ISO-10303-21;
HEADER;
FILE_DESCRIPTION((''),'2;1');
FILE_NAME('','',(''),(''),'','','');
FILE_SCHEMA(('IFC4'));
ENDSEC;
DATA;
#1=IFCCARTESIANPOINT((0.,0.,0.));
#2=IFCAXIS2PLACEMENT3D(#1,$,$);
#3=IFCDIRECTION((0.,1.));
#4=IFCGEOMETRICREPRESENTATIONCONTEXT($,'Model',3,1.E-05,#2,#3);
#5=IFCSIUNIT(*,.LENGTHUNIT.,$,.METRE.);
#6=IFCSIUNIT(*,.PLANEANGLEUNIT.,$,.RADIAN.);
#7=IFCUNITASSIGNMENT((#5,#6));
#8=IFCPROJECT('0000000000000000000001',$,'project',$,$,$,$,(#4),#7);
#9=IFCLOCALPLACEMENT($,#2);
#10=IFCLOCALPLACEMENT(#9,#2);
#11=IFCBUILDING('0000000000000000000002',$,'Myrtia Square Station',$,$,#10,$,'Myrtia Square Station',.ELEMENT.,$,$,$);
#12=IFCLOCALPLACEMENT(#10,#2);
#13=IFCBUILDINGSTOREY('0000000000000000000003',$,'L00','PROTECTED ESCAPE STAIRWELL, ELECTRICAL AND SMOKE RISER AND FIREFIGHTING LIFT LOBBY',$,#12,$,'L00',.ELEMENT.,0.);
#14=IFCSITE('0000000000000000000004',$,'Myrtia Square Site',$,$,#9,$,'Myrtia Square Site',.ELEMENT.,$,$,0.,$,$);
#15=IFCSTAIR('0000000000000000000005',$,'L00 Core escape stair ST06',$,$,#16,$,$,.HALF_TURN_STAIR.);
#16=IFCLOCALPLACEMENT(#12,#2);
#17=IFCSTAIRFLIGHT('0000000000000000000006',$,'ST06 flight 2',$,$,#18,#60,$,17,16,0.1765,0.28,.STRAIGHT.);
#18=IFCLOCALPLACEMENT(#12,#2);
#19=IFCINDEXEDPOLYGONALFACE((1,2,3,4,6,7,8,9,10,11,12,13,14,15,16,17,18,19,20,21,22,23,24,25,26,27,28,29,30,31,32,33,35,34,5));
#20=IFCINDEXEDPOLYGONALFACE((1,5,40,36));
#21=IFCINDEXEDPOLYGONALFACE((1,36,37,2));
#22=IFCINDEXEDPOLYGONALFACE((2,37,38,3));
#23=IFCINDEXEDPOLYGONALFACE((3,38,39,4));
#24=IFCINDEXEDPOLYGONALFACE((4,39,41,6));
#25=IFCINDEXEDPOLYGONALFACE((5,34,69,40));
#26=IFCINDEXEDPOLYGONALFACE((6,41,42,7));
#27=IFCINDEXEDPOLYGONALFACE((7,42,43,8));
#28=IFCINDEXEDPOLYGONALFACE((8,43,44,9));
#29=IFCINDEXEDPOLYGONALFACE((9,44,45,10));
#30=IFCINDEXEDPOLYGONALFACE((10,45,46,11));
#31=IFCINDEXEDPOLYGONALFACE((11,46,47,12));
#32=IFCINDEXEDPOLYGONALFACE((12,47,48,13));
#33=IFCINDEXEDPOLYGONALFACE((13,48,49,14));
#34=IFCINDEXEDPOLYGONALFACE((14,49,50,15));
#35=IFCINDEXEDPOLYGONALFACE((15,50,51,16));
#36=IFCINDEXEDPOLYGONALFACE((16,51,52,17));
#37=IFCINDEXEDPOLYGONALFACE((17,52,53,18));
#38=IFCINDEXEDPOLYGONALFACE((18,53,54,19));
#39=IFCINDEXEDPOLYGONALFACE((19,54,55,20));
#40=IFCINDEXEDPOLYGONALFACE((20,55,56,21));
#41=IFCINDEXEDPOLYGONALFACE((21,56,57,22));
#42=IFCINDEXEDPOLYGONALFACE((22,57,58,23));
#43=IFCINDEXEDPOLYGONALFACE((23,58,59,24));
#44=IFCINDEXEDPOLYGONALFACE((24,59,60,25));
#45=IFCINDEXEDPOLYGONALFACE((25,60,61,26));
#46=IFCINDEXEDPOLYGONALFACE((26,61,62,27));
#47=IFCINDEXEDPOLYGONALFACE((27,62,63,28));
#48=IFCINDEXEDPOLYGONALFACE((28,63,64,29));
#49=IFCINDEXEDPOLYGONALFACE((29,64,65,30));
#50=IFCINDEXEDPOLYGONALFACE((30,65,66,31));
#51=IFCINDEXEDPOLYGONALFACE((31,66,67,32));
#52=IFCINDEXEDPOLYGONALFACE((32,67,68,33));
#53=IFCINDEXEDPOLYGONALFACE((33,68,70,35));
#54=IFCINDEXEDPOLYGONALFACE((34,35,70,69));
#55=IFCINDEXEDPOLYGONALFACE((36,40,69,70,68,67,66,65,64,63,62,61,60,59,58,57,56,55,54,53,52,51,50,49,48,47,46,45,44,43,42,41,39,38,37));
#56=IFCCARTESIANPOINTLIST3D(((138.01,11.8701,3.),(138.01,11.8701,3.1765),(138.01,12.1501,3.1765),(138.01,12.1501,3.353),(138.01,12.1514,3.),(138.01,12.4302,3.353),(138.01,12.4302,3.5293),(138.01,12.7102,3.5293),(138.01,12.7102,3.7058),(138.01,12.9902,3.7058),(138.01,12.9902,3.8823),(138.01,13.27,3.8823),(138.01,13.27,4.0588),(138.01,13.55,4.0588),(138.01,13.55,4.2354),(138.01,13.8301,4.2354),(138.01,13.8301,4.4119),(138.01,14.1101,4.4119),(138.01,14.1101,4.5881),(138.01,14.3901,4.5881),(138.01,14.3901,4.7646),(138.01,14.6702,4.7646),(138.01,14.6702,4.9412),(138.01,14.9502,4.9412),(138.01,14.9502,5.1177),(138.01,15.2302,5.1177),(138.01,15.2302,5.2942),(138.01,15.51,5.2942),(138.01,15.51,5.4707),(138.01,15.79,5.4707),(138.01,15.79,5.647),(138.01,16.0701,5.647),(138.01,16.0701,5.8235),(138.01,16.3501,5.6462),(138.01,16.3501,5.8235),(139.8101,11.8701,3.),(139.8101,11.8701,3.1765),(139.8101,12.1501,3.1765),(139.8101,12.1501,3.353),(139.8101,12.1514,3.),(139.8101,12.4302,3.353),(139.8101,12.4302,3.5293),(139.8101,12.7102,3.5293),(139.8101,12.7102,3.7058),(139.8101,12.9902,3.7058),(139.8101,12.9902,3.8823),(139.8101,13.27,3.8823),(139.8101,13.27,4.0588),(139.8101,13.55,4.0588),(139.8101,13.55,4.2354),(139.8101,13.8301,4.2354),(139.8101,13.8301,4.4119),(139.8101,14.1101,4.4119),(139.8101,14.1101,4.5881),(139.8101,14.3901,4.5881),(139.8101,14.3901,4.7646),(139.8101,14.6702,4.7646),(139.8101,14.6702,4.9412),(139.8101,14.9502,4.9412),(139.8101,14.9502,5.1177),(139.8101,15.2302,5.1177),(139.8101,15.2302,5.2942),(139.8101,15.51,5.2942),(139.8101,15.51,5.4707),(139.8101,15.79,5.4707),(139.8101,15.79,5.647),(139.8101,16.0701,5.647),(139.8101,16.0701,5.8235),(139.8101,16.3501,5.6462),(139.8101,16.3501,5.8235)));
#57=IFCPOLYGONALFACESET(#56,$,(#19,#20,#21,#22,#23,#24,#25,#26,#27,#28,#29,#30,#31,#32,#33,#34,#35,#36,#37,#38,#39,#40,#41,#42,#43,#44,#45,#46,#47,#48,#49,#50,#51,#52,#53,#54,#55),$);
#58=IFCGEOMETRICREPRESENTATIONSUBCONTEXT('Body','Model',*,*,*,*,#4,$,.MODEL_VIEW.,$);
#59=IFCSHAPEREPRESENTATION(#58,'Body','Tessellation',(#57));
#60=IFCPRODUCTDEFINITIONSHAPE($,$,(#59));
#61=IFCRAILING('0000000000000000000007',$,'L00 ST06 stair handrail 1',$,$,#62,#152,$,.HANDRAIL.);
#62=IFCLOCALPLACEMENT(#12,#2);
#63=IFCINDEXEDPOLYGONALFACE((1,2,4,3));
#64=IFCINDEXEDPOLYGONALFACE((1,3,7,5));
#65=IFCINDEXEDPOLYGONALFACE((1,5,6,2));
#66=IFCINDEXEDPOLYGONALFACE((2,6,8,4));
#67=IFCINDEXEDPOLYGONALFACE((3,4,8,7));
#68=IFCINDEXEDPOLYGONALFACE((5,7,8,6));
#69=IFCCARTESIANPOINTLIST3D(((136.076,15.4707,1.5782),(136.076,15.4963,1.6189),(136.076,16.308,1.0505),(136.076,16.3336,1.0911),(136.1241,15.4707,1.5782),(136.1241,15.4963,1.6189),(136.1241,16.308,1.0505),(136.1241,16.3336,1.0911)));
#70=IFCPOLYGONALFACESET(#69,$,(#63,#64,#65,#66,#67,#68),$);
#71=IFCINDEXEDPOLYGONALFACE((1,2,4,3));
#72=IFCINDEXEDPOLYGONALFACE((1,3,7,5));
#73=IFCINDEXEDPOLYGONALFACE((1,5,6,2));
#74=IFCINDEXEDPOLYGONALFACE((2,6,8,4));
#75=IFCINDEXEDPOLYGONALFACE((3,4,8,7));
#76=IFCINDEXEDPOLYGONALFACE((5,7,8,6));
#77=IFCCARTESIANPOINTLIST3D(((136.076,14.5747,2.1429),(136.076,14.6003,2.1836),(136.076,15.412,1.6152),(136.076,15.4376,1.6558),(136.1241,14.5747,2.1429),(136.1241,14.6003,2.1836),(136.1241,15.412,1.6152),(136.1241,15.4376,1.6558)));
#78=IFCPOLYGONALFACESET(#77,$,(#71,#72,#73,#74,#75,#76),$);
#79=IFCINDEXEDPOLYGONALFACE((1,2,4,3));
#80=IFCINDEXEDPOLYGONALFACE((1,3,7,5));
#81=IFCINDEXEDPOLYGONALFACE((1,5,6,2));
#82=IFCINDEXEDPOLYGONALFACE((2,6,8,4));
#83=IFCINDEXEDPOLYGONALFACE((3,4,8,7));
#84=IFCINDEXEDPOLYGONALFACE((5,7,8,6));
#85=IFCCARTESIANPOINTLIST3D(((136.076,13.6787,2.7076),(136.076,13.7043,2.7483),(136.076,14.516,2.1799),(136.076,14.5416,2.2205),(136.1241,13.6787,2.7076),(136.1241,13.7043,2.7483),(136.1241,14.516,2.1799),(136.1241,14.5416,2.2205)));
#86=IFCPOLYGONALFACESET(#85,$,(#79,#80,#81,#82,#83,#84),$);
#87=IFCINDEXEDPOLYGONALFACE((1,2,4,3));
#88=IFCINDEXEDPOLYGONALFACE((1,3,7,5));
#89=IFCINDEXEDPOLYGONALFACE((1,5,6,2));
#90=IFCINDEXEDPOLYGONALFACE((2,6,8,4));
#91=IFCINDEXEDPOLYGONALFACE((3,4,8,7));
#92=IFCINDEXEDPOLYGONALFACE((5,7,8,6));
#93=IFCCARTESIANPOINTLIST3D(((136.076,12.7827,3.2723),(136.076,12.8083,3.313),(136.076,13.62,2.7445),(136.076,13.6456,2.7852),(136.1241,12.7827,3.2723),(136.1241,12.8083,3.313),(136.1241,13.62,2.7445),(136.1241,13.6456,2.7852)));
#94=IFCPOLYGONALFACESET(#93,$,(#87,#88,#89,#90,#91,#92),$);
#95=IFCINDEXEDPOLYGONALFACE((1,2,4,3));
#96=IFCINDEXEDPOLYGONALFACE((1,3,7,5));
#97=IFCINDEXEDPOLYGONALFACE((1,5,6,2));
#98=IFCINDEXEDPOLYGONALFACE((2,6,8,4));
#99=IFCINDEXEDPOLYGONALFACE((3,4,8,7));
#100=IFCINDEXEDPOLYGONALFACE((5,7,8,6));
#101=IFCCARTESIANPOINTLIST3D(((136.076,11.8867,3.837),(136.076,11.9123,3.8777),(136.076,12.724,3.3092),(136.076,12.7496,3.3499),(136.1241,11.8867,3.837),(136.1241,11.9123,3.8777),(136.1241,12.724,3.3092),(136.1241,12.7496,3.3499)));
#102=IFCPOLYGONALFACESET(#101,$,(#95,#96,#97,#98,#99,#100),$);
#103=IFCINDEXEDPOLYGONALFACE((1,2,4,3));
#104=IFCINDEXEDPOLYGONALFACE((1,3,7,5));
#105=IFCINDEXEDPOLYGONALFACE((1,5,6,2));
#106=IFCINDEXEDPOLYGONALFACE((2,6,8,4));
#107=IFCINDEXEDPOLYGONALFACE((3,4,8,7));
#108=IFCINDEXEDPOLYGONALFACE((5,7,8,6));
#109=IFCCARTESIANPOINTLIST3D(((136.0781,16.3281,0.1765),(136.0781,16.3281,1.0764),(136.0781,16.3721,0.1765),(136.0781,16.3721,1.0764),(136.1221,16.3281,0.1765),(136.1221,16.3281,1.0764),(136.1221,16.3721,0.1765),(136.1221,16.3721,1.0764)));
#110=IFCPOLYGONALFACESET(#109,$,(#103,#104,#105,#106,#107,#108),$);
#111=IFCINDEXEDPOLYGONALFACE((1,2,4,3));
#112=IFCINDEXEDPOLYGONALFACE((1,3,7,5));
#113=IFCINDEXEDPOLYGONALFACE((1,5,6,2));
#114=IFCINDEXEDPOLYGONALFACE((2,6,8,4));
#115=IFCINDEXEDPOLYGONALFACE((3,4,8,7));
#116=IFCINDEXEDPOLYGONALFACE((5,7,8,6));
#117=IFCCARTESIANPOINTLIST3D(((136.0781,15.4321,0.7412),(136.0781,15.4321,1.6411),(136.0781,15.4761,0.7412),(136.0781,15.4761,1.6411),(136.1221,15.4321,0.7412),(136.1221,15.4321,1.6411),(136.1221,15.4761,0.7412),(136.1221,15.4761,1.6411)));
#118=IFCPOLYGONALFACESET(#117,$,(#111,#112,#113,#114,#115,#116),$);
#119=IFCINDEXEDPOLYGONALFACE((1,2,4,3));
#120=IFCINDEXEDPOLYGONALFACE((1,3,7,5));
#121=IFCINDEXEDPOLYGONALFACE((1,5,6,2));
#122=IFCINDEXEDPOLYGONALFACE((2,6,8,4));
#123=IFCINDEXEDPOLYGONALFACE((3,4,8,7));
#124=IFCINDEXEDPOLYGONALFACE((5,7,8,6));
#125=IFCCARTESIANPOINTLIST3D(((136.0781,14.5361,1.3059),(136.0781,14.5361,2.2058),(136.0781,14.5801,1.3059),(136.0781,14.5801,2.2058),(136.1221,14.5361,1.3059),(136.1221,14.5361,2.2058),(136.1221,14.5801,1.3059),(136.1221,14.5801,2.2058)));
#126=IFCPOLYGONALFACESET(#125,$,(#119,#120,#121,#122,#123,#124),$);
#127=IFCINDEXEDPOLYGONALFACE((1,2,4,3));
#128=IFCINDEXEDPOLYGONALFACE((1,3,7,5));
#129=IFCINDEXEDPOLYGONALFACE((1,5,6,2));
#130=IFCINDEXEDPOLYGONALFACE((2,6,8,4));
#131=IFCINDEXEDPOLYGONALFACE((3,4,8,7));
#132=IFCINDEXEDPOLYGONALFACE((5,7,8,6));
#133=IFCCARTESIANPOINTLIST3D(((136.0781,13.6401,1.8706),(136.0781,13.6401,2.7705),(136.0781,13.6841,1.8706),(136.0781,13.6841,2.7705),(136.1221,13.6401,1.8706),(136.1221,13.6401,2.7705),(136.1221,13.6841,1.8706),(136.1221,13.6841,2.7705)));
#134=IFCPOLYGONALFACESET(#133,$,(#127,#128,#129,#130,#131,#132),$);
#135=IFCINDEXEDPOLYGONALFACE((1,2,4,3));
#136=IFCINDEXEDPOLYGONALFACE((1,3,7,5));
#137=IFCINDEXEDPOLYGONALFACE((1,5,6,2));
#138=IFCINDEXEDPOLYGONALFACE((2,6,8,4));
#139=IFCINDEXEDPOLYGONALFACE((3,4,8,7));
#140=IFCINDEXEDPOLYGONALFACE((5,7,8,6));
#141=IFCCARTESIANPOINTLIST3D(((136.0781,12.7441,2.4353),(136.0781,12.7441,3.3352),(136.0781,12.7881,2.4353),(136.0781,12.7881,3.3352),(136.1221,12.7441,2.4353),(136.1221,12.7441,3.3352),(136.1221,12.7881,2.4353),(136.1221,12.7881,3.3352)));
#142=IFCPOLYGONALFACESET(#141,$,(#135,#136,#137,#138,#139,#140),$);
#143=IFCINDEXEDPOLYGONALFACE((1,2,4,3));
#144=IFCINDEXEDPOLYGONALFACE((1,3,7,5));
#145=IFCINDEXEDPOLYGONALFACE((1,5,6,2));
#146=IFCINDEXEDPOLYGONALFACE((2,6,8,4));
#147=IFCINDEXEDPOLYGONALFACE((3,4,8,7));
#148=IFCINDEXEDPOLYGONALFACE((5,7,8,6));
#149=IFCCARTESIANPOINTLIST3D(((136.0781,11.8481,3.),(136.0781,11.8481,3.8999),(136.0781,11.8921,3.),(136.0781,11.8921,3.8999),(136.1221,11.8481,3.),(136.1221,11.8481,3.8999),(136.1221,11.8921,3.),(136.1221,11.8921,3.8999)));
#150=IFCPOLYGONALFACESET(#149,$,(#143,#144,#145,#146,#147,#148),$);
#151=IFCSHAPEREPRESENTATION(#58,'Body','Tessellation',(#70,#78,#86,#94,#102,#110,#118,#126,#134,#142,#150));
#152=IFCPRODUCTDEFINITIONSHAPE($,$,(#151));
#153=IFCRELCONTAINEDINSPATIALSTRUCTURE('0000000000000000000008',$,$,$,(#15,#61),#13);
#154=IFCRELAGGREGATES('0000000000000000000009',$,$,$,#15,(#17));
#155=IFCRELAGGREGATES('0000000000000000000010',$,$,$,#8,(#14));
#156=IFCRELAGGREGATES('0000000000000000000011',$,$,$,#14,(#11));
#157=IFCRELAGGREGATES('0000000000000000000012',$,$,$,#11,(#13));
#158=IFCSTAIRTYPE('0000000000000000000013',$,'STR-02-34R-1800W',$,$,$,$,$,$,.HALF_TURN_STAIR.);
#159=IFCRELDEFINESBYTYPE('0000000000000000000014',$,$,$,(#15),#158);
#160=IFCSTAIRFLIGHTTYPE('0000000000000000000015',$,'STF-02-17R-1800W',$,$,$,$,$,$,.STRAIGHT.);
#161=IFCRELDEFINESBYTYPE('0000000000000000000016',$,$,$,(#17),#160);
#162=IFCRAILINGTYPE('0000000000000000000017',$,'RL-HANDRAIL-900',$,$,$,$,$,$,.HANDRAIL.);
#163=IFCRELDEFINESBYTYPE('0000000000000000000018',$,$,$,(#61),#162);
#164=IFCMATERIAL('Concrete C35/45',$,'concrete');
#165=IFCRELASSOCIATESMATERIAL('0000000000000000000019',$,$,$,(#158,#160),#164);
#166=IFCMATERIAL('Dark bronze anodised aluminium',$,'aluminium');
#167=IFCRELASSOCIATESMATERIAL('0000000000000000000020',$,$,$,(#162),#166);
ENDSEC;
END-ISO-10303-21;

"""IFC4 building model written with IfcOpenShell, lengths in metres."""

from ifc_helpers import new_model, si_unit, direction, frame, origin, origin_2d, place, context, subcontext, project, spatial, polyline, rectangle, outline, extrude, material, type_object, element, aggregate, save


model = new_model("IFC4")

# Units and contexts
model_context = context("Model", 3, precision=1e-05, world=origin(), true_north=direction((0.0, 1.0)))
body_context = subcontext(model_context, "Body", "Model", "MODEL_VIEW")
ifc_project = project(units=[si_unit("LENGTHUNIT", "METRE"), si_unit("PLANEANGLEUNIT", "RADIAN")], contexts=[model_context])

# Site, building, storey
site_placement = place(None, origin())
site = spatial("IfcSite", under=ifc_project, at=site_placement, Name="Myrtia Square Site", LongName="Myrtia Square Site", CompositionType="ELEMENT", RefElevation=0.0)
building_placement = place(site_placement, origin())
building = spatial("IfcBuilding", under=site, at=building_placement, Name="Myrtia Square Station", LongName="Myrtia Square Station", CompositionType="ELEMENT")
storey_placement = place(building_placement, origin())
storey = spatial("IfcBuildingStorey", under=building, at=storey_placement, Name="L00", Description="PROTECTED ESCAPE STAIRWELL, ELECTRICAL AND SMOKE RISER AND FIREFIGHTING LIFT LOBBY", LongName="L00", CompositionType="ELEMENT", Elevation=0.0)

# Shared definitions
ifc_material_1 = material(Name="Concrete C35/45", Category="concrete")

# Shared definitions
ifc_material_2 = material(Name="Dark bronze anodised aluminium", Category="aluminium")

# Stair, stair flight
stair_type = type_object("IfcStairType", Name="STR-02-34R-1800W", PredefinedType="HALF_TURN_STAIR", material=ifc_material_1)
stair_placement = place(storey_placement, origin())
stair = element("IfcStair", 1, at=stair_placement, inside=storey, type_object=stair_type, Name="L00 Core escape stair ST06", PredefinedType="HALF_TURN_STAIR")
stair_flight_type = type_object("IfcStairFlightType", Name="STF-02-17R-1800W", PredefinedType="STRAIGHT", material=ifc_material_1)
stair_flight_1_placement = place(storey_placement, frame((138.9099, 11.8701, 3.0), z_axis=(0.0, 0.0, 1.0), x_axis=(0.0, 1.0, 0.0)))
stair_flight_1 = element("IfcStairFlight", 2, at=stair_flight_1_placement, type_object=stair_flight_type, Name="ST06 flight 2", NumberOfRisers=17, NumberOfTreads=16, PredefinedType="STRAIGHT", RiserHeight=0.1765, TreadLength=0.28, context=body_context, shape_type="SweptSolid", body=[
    extrude(outline(polyline([(0.0, 0.0), (0.0, 0.1765), (0.28, 0.1765), (0.28, 0.353), (0.5601, 0.353), (0.5601, 0.5293), (0.8401, 0.5293), (0.8401, 0.7058), (1.1201, 0.7058), (1.1201, 0.8823), (1.3999, 0.8823), (1.3999, 1.0588), (1.6799, 1.0588), (1.6799, 1.2354), (1.96, 1.2354), (1.96, 1.4119), (2.24, 1.4119), (2.24, 1.5881), (2.52, 1.5881), (2.52, 1.7646), (2.8, 1.7646), (2.8, 1.9412), (3.0801, 1.9412), (3.0801, 2.1177), (3.3601, 2.1177), (3.3601, 2.2942), (3.6399, 2.2942), (3.6399, 2.4707), (3.9199, 2.4707), (3.9199, 2.647), (4.2, 2.647), (4.2, 2.8235), (4.48, 2.8235), (4.48, 3.0), (4.48, 2.6462), (0.2812, 0.0), (0.0, 0.0)])), frame((0.0, 0.8999, 0.0), z_axis=(0.0, -1.0, 0.0), x_axis=(1.0, 0.0, 0.0)), (0.0, 0.0, 1.0), 1.8),
])
aggregate(stair, [stair_flight_1])

# Railing
railing_type_1 = type_object("IfcRailingType", Name="RL-HANDRAIL-900", PredefinedType="HANDRAIL", material=ifc_material_2)
railing_1_placement = place(storey_placement, frame((136.1001, 16.3501, 0.1765)))
element("IfcRailing", 3, at=railing_1_placement, inside=storey, type_object=railing_type_1, Name="L00 ST06 stair handrail 1", PredefinedType="HANDRAIL", context=body_context, shape_type="SweptSolid", body=[
    extrude(rectangle(XDim=0.0481, YDim=0.0481, at=origin_2d()), frame((0.0, -0.0293, 0.8943), z_axis=(0.0, -0.845998, 0.533186), x_axis=(1.0, 0.0, 0.0)), (0.0, 0.0, 1.0), 0.9897),
    extrude(rectangle(XDim=0.0481, YDim=0.0481, at=origin_2d()), frame((0.0, -0.9253, 1.459), z_axis=(0.0, -0.845998, 0.533186), x_axis=(1.0, 0.0, 0.0)), (0.0, 0.0, 1.0), 0.9897),
    extrude(rectangle(XDim=0.0481, YDim=0.0481, at=origin_2d()), frame((0.0, -1.8213, 2.0237), z_axis=(0.0, -0.845998, 0.533186), x_axis=(1.0, 0.0, 0.0)), (0.0, 0.0, 1.0), 0.9897),
    extrude(rectangle(XDim=0.0481, YDim=0.0481, at=origin_2d()), frame((0.0, -2.7173, 2.5884), z_axis=(0.0, -0.845998, 0.533186), x_axis=(1.0, 0.0, 0.0)), (0.0, 0.0, 1.0), 0.9897),
    extrude(rectangle(XDim=0.0481, YDim=0.0481, at=origin_2d()), frame((0.0, -3.6133, 3.1531), z_axis=(0.0, -0.845998, 0.533186), x_axis=(1.0, 0.0, 0.0)), (0.0, 0.0, 1.0), 0.9897),
    extrude(rectangle(XDim=0.0439, YDim=0.0439, at=origin_2d()), origin(), (0.0, 0.0, 1.0), 0.8999),
    extrude(rectangle(XDim=0.0439, YDim=0.0439, at=origin_2d()), frame((0.0, -0.896, 0.5647)), (0.0, 0.0, 1.0), 0.8999),
    extrude(rectangle(XDim=0.0439, YDim=0.0439, at=origin_2d()), frame((0.0, -1.792, 1.1294)), (0.0, 0.0, 1.0), 0.8999),
    extrude(rectangle(XDim=0.0439, YDim=0.0439, at=origin_2d()), frame((0.0, -2.688, 1.6941)), (0.0, 0.0, 1.0), 0.8999),
    extrude(rectangle(XDim=0.0439, YDim=0.0439, at=origin_2d()), frame((0.0, -3.584, 2.2588)), (0.0, 0.0, 1.0), 0.8999),
    extrude(rectangle(XDim=0.0439, YDim=0.0439, at=origin_2d()), frame((0.0, -4.48, 2.8235)), (0.0, 0.0, 1.0), 0.8999),
])

save(model, "model.ifc")
